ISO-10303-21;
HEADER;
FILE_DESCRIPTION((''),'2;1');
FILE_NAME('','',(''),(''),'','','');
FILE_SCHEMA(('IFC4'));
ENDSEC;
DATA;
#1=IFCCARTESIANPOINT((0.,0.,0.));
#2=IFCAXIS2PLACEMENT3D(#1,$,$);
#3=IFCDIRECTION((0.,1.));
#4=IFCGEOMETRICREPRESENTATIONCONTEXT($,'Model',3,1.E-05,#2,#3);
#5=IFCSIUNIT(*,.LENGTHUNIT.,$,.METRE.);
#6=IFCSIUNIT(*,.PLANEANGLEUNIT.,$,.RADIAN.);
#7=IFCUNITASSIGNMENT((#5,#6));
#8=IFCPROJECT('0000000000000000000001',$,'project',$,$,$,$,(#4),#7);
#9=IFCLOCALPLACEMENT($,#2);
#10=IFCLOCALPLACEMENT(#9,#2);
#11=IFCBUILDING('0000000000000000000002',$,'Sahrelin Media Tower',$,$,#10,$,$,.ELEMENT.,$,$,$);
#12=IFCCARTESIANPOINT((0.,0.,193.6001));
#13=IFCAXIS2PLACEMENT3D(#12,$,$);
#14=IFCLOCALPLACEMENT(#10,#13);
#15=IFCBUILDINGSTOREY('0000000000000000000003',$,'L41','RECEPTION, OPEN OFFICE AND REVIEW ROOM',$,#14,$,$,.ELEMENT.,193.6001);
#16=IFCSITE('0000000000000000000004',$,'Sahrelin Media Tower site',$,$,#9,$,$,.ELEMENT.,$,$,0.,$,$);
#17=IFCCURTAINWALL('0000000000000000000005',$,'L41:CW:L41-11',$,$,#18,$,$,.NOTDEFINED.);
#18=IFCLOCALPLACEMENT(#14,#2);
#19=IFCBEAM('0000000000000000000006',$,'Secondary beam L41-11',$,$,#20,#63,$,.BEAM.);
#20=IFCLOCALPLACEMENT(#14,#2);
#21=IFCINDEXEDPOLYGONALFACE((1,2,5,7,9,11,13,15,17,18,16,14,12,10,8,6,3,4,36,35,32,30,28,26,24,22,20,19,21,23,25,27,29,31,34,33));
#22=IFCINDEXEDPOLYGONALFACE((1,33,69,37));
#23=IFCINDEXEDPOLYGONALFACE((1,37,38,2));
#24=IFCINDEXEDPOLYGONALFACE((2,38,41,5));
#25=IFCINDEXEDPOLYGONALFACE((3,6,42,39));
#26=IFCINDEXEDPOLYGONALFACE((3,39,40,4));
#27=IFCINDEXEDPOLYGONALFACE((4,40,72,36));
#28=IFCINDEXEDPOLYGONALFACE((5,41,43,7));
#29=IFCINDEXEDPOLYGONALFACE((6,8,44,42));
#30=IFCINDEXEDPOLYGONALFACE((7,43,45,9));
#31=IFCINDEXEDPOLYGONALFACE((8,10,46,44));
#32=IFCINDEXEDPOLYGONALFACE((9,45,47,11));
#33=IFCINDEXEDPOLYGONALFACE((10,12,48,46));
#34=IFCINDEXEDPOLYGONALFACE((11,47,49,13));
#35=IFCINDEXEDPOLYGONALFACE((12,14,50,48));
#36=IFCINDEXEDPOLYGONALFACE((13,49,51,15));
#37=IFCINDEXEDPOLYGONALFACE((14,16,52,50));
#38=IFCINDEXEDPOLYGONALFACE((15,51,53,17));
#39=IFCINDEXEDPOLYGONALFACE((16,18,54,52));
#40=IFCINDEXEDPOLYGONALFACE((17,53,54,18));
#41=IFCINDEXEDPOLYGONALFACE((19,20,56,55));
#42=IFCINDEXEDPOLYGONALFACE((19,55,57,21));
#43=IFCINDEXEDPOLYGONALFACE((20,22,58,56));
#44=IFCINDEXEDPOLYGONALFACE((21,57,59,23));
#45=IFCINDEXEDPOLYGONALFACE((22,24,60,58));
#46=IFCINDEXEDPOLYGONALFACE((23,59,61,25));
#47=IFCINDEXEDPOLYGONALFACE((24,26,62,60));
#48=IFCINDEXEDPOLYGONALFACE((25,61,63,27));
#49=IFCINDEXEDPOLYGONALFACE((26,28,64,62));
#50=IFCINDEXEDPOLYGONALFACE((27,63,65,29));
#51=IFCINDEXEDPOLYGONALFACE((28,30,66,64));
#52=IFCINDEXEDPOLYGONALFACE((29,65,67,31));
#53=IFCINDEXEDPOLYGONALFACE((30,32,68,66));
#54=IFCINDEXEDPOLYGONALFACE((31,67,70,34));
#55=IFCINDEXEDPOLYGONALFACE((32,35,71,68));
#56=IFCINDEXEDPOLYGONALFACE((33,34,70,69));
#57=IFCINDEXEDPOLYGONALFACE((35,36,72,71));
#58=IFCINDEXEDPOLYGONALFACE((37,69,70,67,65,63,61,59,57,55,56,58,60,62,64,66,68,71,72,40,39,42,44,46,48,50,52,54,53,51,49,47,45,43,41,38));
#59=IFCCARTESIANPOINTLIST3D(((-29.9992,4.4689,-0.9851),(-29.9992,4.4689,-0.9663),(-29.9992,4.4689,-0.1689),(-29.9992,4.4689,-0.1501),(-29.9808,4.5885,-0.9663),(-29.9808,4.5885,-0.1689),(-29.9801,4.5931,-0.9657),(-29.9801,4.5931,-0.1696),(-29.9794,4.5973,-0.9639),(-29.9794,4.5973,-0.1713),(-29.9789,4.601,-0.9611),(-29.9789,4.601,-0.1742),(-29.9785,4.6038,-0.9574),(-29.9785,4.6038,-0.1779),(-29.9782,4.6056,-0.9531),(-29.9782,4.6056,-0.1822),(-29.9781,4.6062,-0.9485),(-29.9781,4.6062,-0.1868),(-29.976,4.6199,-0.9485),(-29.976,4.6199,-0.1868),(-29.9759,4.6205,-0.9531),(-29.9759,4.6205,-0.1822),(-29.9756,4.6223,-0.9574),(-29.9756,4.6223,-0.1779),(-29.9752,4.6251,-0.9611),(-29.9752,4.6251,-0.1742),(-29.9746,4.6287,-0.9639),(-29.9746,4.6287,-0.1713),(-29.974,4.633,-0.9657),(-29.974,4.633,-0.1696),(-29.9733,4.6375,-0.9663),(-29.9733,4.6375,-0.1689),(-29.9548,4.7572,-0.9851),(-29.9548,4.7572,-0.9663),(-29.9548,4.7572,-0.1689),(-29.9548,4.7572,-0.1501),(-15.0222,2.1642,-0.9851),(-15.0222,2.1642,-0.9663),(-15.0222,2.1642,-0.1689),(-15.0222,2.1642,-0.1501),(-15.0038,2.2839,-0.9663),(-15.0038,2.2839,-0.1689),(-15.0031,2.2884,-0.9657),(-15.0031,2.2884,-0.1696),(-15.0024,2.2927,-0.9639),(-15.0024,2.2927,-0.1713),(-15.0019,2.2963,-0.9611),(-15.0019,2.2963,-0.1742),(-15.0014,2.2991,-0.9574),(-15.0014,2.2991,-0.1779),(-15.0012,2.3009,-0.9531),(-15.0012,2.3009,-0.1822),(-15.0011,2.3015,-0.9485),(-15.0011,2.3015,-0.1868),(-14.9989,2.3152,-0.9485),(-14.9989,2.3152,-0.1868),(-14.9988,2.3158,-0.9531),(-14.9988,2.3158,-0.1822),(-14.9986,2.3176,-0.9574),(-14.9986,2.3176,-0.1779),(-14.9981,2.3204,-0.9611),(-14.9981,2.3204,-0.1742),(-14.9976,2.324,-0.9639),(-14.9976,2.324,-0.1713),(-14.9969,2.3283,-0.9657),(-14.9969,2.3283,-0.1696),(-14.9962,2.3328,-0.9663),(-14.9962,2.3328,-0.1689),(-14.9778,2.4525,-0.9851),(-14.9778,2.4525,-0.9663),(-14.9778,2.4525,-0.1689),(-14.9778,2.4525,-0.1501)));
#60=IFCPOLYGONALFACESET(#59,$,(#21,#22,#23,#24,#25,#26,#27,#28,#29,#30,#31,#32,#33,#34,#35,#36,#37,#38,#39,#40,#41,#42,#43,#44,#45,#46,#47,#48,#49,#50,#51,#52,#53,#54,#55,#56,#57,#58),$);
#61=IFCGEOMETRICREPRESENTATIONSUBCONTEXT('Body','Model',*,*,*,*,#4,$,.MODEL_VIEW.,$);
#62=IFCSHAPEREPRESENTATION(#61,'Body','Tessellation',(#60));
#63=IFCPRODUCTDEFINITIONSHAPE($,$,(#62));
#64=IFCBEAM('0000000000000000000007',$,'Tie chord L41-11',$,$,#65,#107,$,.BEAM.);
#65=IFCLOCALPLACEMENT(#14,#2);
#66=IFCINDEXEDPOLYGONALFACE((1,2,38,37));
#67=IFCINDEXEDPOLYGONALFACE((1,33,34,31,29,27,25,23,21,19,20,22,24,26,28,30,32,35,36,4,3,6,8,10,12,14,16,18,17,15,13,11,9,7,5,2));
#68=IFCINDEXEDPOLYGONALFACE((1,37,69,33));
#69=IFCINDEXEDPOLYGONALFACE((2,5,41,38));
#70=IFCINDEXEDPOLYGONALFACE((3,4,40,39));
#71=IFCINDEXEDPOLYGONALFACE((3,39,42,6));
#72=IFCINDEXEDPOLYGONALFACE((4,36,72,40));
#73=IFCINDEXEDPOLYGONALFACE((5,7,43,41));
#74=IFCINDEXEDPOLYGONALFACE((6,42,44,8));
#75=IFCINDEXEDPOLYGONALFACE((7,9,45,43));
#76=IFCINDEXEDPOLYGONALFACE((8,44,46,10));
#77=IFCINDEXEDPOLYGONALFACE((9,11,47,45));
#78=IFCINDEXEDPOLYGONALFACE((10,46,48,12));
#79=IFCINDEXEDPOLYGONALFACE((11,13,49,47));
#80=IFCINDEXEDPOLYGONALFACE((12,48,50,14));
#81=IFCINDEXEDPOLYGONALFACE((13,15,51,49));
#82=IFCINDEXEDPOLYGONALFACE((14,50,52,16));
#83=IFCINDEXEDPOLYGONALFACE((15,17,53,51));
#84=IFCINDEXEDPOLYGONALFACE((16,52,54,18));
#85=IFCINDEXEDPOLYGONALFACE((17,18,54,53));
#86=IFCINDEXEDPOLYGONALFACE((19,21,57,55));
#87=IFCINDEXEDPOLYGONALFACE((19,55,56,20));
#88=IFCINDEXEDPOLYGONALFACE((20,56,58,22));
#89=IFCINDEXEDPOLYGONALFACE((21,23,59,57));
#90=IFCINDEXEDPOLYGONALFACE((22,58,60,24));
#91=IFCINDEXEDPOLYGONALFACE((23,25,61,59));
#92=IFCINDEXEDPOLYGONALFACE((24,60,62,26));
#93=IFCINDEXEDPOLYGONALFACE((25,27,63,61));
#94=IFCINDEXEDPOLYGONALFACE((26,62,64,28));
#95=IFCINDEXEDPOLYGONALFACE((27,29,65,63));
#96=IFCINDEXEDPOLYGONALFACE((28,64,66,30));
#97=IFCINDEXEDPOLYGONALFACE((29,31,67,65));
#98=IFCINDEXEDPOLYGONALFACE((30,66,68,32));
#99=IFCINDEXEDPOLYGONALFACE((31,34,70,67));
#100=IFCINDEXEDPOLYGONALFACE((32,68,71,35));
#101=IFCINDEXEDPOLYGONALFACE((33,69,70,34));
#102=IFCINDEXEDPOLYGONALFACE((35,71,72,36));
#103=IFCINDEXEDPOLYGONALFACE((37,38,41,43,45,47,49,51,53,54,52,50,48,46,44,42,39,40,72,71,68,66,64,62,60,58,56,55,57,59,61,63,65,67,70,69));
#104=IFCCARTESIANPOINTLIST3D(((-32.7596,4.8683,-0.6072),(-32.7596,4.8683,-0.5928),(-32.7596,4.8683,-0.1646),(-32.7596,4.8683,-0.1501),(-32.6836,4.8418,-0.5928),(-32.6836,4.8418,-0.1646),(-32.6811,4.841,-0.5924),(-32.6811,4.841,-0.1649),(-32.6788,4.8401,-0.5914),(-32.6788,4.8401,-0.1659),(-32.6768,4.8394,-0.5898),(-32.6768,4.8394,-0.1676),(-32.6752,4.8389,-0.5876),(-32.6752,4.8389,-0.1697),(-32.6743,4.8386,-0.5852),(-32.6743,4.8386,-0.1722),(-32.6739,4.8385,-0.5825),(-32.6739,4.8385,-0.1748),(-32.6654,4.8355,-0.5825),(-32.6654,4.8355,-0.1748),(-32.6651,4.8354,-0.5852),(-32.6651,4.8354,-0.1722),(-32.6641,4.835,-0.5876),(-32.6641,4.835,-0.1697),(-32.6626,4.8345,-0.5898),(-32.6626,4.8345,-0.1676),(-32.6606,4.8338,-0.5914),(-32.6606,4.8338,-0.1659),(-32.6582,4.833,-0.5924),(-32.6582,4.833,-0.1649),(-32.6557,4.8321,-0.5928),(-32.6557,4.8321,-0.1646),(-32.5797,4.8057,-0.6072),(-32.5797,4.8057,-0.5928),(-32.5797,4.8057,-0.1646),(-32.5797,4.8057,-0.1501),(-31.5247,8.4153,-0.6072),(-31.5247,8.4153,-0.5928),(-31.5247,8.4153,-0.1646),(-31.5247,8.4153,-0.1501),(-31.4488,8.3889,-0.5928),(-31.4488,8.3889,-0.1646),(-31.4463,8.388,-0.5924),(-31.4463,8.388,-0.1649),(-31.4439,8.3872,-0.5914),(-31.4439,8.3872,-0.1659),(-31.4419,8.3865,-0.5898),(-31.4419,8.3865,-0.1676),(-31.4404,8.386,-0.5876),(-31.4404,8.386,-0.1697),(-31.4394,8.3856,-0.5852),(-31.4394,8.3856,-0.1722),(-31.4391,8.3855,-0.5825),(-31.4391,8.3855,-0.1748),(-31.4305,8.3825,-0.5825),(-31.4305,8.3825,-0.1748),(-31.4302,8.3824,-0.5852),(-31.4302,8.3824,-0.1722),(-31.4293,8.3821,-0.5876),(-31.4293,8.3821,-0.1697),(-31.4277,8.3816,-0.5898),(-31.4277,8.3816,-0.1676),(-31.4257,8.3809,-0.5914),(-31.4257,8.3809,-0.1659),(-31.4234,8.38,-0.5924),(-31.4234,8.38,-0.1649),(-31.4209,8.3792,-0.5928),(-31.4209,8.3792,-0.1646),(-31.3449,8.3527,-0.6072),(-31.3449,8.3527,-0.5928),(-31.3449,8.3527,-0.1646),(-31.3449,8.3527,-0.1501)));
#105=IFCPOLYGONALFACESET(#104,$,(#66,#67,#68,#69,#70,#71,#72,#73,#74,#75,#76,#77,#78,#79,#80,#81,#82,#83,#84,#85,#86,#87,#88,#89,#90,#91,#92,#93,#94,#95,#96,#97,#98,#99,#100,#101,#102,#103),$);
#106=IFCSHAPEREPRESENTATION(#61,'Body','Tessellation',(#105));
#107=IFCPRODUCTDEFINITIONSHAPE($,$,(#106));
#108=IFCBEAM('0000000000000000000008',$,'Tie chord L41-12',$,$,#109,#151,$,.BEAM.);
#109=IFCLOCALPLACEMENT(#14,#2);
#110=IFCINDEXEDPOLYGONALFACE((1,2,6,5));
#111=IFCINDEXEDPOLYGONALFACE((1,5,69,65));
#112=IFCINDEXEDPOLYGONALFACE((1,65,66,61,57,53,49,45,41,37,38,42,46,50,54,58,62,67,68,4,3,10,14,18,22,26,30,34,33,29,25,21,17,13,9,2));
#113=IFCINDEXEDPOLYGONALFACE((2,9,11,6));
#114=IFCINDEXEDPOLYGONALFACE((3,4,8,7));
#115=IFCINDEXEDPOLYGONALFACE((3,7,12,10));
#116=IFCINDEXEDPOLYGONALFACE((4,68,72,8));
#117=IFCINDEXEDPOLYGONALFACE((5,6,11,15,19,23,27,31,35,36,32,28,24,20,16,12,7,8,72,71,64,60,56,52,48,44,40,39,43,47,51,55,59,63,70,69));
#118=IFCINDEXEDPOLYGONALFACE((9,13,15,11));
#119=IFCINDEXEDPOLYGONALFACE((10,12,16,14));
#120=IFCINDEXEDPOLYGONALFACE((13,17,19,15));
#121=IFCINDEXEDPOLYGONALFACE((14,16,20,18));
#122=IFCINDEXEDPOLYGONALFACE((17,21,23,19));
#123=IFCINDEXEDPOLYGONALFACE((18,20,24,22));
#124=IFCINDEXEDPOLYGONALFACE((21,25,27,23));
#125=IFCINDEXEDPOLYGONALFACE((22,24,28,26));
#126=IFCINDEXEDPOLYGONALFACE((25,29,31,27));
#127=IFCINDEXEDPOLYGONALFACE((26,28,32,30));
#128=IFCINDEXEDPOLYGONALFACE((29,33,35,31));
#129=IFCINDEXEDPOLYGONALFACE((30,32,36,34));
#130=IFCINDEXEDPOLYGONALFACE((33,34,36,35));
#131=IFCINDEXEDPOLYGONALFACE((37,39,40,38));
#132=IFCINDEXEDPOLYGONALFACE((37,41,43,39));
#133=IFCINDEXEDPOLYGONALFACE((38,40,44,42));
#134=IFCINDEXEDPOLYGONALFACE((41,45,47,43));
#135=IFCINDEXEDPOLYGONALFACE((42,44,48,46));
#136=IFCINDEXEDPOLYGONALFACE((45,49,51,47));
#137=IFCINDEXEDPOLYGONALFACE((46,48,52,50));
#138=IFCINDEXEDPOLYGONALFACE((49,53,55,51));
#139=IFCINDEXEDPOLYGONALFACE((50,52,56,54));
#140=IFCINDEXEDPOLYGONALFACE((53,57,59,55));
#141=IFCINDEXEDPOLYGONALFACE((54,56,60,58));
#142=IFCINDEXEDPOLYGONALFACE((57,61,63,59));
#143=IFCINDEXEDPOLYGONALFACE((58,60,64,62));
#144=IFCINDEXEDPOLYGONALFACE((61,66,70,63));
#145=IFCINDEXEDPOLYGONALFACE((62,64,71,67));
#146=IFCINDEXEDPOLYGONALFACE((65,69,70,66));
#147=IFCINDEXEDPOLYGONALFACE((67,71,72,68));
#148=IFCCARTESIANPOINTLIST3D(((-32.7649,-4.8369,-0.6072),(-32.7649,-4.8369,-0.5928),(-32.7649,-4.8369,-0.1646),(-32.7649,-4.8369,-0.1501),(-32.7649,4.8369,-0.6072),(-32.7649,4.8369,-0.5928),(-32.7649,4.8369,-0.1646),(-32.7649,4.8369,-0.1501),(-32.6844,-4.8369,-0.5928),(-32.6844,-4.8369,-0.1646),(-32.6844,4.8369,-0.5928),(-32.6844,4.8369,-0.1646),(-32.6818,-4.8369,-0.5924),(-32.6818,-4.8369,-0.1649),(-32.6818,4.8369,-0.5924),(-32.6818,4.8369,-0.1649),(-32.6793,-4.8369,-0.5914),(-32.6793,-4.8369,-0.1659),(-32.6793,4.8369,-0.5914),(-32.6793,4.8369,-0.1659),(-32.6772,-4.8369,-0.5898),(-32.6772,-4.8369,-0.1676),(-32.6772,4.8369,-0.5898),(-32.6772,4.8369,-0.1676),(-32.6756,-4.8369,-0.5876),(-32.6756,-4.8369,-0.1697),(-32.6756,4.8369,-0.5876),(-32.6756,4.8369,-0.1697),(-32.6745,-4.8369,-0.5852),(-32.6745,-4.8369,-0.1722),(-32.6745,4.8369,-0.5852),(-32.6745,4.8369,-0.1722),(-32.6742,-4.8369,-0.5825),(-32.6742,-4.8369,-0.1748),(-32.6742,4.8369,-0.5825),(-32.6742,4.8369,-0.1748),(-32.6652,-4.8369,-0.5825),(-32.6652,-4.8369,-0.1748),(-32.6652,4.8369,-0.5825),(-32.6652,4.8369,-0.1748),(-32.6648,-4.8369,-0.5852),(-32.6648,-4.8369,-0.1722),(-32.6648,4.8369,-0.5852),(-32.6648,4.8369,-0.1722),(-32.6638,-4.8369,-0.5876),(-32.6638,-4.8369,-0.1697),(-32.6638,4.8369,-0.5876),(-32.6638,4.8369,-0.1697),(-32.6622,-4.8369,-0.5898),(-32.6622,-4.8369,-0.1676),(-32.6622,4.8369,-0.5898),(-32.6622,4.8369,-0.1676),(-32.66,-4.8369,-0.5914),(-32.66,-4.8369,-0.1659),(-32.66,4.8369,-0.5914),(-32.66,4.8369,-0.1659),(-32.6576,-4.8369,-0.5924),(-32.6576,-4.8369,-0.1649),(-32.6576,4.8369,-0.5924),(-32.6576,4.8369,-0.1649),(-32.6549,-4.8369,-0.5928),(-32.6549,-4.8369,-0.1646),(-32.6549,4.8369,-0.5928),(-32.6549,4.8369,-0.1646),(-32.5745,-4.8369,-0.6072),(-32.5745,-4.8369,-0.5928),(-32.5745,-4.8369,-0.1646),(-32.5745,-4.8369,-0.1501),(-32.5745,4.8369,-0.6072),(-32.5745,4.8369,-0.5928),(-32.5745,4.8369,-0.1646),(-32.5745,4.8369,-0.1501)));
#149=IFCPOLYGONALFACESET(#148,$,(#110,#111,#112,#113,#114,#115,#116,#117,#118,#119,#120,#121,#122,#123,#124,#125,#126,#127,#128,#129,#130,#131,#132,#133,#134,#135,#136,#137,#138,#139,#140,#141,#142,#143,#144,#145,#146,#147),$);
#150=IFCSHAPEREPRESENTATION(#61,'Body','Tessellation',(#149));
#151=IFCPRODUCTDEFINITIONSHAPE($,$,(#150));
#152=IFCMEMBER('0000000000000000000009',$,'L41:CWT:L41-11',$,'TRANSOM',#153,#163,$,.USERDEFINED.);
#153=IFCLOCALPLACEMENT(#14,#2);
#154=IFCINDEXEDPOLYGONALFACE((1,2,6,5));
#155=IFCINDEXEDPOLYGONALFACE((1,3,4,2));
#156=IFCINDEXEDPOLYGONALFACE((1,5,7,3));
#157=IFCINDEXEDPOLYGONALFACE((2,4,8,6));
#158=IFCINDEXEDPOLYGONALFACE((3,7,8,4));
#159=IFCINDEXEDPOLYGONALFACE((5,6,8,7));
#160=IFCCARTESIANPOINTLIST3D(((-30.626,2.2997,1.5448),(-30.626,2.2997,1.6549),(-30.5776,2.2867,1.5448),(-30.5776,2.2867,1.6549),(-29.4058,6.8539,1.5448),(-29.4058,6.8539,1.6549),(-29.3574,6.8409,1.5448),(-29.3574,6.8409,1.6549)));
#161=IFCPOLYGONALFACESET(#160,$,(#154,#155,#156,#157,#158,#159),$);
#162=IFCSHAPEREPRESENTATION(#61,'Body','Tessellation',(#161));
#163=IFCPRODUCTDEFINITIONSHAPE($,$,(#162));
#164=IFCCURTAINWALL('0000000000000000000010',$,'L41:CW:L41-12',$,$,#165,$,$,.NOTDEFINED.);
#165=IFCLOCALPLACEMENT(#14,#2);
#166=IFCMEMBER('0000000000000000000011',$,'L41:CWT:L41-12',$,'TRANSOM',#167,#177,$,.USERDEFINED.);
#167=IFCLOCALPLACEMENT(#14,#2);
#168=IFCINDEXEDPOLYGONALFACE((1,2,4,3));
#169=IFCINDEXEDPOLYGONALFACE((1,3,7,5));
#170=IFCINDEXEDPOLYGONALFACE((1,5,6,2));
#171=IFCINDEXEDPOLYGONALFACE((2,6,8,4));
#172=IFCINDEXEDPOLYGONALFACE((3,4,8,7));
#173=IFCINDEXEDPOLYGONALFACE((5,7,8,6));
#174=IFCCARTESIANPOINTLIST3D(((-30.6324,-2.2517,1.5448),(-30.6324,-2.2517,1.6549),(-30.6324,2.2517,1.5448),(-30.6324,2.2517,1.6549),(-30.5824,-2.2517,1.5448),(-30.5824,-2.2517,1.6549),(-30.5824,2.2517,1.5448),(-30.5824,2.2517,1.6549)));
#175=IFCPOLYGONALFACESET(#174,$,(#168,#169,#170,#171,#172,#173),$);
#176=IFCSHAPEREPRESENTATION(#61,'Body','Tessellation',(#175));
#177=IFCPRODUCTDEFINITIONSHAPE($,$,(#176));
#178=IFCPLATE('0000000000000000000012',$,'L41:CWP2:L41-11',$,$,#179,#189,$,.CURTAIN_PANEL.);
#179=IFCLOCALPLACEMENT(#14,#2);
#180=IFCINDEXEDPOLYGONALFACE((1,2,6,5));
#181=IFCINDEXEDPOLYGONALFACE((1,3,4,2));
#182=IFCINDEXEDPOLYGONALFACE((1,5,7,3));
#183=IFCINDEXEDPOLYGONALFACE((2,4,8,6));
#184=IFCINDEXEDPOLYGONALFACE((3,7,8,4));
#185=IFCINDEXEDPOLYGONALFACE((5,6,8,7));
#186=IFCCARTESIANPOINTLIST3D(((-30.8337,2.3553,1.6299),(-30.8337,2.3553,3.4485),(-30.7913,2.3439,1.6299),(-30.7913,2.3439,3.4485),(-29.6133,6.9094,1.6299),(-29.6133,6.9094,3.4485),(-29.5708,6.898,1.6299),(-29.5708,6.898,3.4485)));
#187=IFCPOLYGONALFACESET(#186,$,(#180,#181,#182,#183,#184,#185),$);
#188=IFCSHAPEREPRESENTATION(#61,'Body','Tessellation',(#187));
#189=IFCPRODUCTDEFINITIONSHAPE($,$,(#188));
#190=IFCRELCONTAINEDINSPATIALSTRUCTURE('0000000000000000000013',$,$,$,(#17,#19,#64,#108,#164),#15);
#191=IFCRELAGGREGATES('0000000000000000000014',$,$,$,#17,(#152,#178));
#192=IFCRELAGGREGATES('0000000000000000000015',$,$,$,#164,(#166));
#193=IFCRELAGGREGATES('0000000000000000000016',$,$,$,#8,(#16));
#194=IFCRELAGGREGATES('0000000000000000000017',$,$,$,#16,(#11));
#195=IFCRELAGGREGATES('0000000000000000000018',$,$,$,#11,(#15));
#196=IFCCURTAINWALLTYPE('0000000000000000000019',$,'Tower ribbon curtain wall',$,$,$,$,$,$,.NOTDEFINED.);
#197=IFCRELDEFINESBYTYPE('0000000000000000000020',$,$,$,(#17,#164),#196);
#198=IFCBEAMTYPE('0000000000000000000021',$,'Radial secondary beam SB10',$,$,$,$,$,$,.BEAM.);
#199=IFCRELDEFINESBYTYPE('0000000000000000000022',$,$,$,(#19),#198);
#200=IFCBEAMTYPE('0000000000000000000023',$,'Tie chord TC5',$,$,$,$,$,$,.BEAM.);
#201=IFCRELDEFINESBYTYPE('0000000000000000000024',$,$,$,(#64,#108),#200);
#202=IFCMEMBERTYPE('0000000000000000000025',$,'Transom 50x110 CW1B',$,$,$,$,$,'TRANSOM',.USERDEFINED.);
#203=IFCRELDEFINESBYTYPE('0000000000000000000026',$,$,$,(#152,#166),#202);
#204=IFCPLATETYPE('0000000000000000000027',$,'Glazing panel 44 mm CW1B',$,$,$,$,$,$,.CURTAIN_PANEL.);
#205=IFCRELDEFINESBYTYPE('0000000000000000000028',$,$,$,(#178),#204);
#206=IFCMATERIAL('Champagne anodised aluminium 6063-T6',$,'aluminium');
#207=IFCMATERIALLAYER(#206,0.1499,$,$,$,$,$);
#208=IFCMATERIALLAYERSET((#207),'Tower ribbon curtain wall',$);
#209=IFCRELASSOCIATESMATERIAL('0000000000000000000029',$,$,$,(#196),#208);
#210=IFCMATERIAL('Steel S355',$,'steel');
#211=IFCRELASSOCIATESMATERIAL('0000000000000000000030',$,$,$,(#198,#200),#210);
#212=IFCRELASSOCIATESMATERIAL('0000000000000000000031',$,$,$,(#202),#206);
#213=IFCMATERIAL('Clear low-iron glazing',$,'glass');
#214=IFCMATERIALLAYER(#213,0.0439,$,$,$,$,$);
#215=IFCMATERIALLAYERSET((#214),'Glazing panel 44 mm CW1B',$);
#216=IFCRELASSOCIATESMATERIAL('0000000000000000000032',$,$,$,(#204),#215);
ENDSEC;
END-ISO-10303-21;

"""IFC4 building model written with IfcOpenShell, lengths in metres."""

from ifc_helpers import new_model, si_unit, direction, frame, origin, origin_2d, place, context, subcontext, project, spatial, polyline, rectangle, i_section, outline, extrude, material, layer, layer_set, material_profile, profile_set, type_object, element, aggregate, save


model = new_model("IFC4")

# Units and contexts
model_context = context("Model", 3, precision=1e-05, world=origin(), true_north=direction((0.0, 1.0)))
body_context = subcontext(model_context, "Body", "Model", "MODEL_VIEW")
ifc_project = project(units=[si_unit("LENGTHUNIT", "METRE"), si_unit("PLANEANGLEUNIT", "RADIAN")], contexts=[model_context])

# Site, building, storey
site_placement = place(None, origin())
site = spatial("IfcSite", under=ifc_project, at=site_placement, Name="Sahrelin Media Tower site", CompositionType="ELEMENT", RefElevation=0.0)
building_placement = place(site_placement, origin())
building = spatial("IfcBuilding", under=site, at=building_placement, Name="Sahrelin Media Tower", CompositionType="ELEMENT")
storey_placement = place(building_placement, frame((0.0, 0.0, 193.6001)))
storey = spatial("IfcBuildingStorey", under=building, at=storey_placement, Name="L41", Description="RECEPTION, OPEN OFFICE AND REVIEW ROOM", CompositionType="ELEMENT", Elevation=193.6001)

# Shared definitions
ifc_material_1 = material(Name="Steel S355", Category="steel")

# Curtain wall
ifc_material_2 = material(Name="Champagne anodised aluminium 6063-T6", Category="aluminium")
ifc_layer_1 = layer(ifc_material_2, 0.1499)
ifc_layer_set_1 = layer_set([ifc_layer_1], Name="Tower ribbon curtain wall")
curtain_wall_type = type_object("IfcCurtainWallType", Name="Tower ribbon curtain wall", PredefinedType="NOTDEFINED", material=ifc_layer_set_1)
curtain_wall_1_placement = place(storey_placement, frame((-30.2041, 4.6272, 0.0), z_axis=(0.0, 0.0, 1.0), x_axis=(1.0, 0.0, 0.0)))
curtain_wall_1 = element("IfcCurtainWall", 1, at=curtain_wall_1_placement, inside=storey, type_object=curtain_wall_type, Name="L41:CW:L41-11", PredefinedType="NOTDEFINED")

# Beams
ifc_material_profile_1 = material_profile(ifc_material_1, i_section(OverallWidth=0.2917, OverallDepth=0.835, WebThickness=0.0139, FlangeThickness=0.0188, FilletRadius=0.0178, at=origin_2d()), Name="UB 838x292x176")
ifc_profile_set_1 = profile_set([ifc_material_profile_1], Name="Steel S355")
beam_type_1 = type_object("IfcBeamType", Name="Radial secondary beam SB10", PredefinedType="BEAM", material=ifc_profile_set_1)
beam_1_placement = place(storey_placement, frame((-15.0, 2.3083, -0.5676), z_axis=(-0.988366, 0.152091, 0.0), x_axis=(-0.152091, -0.988366, 0.0)))
element("IfcBeam", 2, at=beam_1_placement, inside=storey, type_object=beam_type_1, Name="Secondary beam L41-11", PredefinedType="BEAM", context=body_context, shape_type="SweptSolid", body=[
    extrude(i_section(OverallWidth=0.2917, OverallDepth=0.835, WebThickness=0.0139, FlangeThickness=0.0188, FilletRadius=0.0178, at=origin_2d()), origin(), (0.0, 0.0, 1.0), 15.1533),
])
ifc_material_profile_2 = material_profile(ifc_material_1, i_section(OverallWidth=0.1904, OverallDepth=0.457, WebThickness=0.009, FlangeThickness=0.0144, FilletRadius=0.0103, at=origin_2d()), Name="UB 457x191x74")
ifc_profile_set_2 = profile_set([ifc_material_profile_2], Name="Steel S355")
beam_type_2 = type_object("IfcBeamType", Name="Tie chord TC5", PredefinedType="BEAM", material=ifc_profile_set_2)
beam_2_placement = place(storey_placement, frame((-31.4348, 8.384, -0.3787), z_axis=(-0.328778, -0.944407, 0.0), x_axis=(0.944407, -0.328778, 0.0)))
element("IfcBeam", 3, at=beam_2_placement, inside=storey, type_object=beam_type_2, Name="Tie chord L41-11", PredefinedType="BEAM", context=body_context, shape_type="SweptSolid", body=[
    extrude(i_section(OverallWidth=0.1904, OverallDepth=0.457, WebThickness=0.009, FlangeThickness=0.0144, FilletRadius=0.0103, at=origin_2d()), origin(), (0.0, 0.0, 1.0), 3.7559),
])
beam_3_placement = place(storey_placement, frame((-32.6697, 4.8369, -0.3787), z_axis=(0.0, -1.0, 0.0), x_axis=(1.0, 0.0, 0.0)))
element("IfcBeam", 4, at=beam_3_placement, inside=storey, type_object=beam_type_2, Name="Tie chord L41-12", PredefinedType="BEAM", context=body_context, shape_type="SweptSolid", body=[
    extrude(i_section(OverallWidth=0.1904, OverallDepth=0.457, WebThickness=0.009, FlangeThickness=0.0144, FilletRadius=0.0103, at=origin_2d()), origin(), (0.0, 0.0, 1.0), 9.6738),
])

# Member
ifc_material_profile_3 = material_profile(ifc_material_2, rectangle(XDim=0.05, YDim=0.1101, at=origin_2d()), Name="Transom 50x110")
ifc_profile_set_3 = profile_set([ifc_material_profile_3], Name="Champagne anodised aluminium 6063-T6")
member_type_1 = type_object("IfcMemberType", Name="Transom 50x110 CW1B", ElementType="TRANSOM", PredefinedType="USERDEFINED", material=ifc_profile_set_3)
member_1_placement = place(storey_placement, frame((-29.3816, 6.8474, 1.5999), z_axis=(-0.258803, -0.96593, 0.0), x_axis=(0.96593, -0.258803, 0.0)))
member_1 = element("IfcMember", 5, at=member_1_placement, type_object=member_type_1, Name="L41:CWT:L41-11", ObjectType="TRANSOM", PredefinedType="USERDEFINED", context=body_context, shape_type="SweptSolid", body=[
    extrude(rectangle(XDim=0.05, YDim=0.1101, at=origin_2d()), origin(), (0.0, 0.0, 1.0), 4.7148),
])

# Curtain wall, member
curtain_wall_2_placement = place(storey_placement, frame((-30.8274, 0.0, 0.0), z_axis=(0.0, 0.0, 1.0), x_axis=(1.0, 0.0, 0.0)))
curtain_wall_2 = element("IfcCurtainWall", 6, at=curtain_wall_2_placement, inside=storey, type_object=curtain_wall_type, Name="L41:CW:L41-12", PredefinedType="NOTDEFINED")
member_2_placement = place(storey_placement, frame((-30.6074, 2.2517, 1.5999), z_axis=(0.0, -1.0, 0.0), x_axis=(1.0, 0.0, 0.0)))
member_2 = element("IfcMember", 7, at=member_2_placement, type_object=member_type_1, Name="L41:CWT:L41-12", ObjectType="TRANSOM", PredefinedType="USERDEFINED", context=body_context, shape_type="SweptSolid", body=[
    extrude(rectangle(XDim=0.05, YDim=0.1101, at=origin_2d()), origin(), (0.0, 0.0, 1.0), 4.5034),
])

# Plate
ifc_material_3 = material(Name="Clear low-iron glazing", Category="glass")
ifc_layer_2 = layer(ifc_material_3, 0.0439)
ifc_layer_set_2 = layer_set([ifc_layer_2], Name="Glazing panel 44 mm CW1B")
plate_type_1 = type_object("IfcPlateType", Name="Glazing panel 44 mm CW1B", PredefinedType="CURTAIN_PANEL", material=ifc_layer_set_2)
plate_1_placement = place(storey_placement, frame((-29.6133, 6.9094, 1.6299), z_axis=(-0.965917, 0.258852, 0.0), x_axis=(-0.258852, -0.965917, 0.0)))
plate_1 = element("IfcPlate", 8, at=plate_1_placement, type_object=plate_type_1, Name="L41:CWP2:L41-11", PredefinedType="CURTAIN_PANEL", context=body_context, shape_type="SweptSolid", body=[
    extrude(outline(polyline([(0.0, 0.0), (4.7148, 0.0), (4.7148, 1.8186), (0.0, 1.8186), (0.0, 0.0)])), origin(), (0.0, 0.0, -1.0), 0.0439),
])
aggregate(curtain_wall_1, [member_1, plate_1])
aggregate(curtain_wall_2, [member_2])

save(model, "model.ifc")
